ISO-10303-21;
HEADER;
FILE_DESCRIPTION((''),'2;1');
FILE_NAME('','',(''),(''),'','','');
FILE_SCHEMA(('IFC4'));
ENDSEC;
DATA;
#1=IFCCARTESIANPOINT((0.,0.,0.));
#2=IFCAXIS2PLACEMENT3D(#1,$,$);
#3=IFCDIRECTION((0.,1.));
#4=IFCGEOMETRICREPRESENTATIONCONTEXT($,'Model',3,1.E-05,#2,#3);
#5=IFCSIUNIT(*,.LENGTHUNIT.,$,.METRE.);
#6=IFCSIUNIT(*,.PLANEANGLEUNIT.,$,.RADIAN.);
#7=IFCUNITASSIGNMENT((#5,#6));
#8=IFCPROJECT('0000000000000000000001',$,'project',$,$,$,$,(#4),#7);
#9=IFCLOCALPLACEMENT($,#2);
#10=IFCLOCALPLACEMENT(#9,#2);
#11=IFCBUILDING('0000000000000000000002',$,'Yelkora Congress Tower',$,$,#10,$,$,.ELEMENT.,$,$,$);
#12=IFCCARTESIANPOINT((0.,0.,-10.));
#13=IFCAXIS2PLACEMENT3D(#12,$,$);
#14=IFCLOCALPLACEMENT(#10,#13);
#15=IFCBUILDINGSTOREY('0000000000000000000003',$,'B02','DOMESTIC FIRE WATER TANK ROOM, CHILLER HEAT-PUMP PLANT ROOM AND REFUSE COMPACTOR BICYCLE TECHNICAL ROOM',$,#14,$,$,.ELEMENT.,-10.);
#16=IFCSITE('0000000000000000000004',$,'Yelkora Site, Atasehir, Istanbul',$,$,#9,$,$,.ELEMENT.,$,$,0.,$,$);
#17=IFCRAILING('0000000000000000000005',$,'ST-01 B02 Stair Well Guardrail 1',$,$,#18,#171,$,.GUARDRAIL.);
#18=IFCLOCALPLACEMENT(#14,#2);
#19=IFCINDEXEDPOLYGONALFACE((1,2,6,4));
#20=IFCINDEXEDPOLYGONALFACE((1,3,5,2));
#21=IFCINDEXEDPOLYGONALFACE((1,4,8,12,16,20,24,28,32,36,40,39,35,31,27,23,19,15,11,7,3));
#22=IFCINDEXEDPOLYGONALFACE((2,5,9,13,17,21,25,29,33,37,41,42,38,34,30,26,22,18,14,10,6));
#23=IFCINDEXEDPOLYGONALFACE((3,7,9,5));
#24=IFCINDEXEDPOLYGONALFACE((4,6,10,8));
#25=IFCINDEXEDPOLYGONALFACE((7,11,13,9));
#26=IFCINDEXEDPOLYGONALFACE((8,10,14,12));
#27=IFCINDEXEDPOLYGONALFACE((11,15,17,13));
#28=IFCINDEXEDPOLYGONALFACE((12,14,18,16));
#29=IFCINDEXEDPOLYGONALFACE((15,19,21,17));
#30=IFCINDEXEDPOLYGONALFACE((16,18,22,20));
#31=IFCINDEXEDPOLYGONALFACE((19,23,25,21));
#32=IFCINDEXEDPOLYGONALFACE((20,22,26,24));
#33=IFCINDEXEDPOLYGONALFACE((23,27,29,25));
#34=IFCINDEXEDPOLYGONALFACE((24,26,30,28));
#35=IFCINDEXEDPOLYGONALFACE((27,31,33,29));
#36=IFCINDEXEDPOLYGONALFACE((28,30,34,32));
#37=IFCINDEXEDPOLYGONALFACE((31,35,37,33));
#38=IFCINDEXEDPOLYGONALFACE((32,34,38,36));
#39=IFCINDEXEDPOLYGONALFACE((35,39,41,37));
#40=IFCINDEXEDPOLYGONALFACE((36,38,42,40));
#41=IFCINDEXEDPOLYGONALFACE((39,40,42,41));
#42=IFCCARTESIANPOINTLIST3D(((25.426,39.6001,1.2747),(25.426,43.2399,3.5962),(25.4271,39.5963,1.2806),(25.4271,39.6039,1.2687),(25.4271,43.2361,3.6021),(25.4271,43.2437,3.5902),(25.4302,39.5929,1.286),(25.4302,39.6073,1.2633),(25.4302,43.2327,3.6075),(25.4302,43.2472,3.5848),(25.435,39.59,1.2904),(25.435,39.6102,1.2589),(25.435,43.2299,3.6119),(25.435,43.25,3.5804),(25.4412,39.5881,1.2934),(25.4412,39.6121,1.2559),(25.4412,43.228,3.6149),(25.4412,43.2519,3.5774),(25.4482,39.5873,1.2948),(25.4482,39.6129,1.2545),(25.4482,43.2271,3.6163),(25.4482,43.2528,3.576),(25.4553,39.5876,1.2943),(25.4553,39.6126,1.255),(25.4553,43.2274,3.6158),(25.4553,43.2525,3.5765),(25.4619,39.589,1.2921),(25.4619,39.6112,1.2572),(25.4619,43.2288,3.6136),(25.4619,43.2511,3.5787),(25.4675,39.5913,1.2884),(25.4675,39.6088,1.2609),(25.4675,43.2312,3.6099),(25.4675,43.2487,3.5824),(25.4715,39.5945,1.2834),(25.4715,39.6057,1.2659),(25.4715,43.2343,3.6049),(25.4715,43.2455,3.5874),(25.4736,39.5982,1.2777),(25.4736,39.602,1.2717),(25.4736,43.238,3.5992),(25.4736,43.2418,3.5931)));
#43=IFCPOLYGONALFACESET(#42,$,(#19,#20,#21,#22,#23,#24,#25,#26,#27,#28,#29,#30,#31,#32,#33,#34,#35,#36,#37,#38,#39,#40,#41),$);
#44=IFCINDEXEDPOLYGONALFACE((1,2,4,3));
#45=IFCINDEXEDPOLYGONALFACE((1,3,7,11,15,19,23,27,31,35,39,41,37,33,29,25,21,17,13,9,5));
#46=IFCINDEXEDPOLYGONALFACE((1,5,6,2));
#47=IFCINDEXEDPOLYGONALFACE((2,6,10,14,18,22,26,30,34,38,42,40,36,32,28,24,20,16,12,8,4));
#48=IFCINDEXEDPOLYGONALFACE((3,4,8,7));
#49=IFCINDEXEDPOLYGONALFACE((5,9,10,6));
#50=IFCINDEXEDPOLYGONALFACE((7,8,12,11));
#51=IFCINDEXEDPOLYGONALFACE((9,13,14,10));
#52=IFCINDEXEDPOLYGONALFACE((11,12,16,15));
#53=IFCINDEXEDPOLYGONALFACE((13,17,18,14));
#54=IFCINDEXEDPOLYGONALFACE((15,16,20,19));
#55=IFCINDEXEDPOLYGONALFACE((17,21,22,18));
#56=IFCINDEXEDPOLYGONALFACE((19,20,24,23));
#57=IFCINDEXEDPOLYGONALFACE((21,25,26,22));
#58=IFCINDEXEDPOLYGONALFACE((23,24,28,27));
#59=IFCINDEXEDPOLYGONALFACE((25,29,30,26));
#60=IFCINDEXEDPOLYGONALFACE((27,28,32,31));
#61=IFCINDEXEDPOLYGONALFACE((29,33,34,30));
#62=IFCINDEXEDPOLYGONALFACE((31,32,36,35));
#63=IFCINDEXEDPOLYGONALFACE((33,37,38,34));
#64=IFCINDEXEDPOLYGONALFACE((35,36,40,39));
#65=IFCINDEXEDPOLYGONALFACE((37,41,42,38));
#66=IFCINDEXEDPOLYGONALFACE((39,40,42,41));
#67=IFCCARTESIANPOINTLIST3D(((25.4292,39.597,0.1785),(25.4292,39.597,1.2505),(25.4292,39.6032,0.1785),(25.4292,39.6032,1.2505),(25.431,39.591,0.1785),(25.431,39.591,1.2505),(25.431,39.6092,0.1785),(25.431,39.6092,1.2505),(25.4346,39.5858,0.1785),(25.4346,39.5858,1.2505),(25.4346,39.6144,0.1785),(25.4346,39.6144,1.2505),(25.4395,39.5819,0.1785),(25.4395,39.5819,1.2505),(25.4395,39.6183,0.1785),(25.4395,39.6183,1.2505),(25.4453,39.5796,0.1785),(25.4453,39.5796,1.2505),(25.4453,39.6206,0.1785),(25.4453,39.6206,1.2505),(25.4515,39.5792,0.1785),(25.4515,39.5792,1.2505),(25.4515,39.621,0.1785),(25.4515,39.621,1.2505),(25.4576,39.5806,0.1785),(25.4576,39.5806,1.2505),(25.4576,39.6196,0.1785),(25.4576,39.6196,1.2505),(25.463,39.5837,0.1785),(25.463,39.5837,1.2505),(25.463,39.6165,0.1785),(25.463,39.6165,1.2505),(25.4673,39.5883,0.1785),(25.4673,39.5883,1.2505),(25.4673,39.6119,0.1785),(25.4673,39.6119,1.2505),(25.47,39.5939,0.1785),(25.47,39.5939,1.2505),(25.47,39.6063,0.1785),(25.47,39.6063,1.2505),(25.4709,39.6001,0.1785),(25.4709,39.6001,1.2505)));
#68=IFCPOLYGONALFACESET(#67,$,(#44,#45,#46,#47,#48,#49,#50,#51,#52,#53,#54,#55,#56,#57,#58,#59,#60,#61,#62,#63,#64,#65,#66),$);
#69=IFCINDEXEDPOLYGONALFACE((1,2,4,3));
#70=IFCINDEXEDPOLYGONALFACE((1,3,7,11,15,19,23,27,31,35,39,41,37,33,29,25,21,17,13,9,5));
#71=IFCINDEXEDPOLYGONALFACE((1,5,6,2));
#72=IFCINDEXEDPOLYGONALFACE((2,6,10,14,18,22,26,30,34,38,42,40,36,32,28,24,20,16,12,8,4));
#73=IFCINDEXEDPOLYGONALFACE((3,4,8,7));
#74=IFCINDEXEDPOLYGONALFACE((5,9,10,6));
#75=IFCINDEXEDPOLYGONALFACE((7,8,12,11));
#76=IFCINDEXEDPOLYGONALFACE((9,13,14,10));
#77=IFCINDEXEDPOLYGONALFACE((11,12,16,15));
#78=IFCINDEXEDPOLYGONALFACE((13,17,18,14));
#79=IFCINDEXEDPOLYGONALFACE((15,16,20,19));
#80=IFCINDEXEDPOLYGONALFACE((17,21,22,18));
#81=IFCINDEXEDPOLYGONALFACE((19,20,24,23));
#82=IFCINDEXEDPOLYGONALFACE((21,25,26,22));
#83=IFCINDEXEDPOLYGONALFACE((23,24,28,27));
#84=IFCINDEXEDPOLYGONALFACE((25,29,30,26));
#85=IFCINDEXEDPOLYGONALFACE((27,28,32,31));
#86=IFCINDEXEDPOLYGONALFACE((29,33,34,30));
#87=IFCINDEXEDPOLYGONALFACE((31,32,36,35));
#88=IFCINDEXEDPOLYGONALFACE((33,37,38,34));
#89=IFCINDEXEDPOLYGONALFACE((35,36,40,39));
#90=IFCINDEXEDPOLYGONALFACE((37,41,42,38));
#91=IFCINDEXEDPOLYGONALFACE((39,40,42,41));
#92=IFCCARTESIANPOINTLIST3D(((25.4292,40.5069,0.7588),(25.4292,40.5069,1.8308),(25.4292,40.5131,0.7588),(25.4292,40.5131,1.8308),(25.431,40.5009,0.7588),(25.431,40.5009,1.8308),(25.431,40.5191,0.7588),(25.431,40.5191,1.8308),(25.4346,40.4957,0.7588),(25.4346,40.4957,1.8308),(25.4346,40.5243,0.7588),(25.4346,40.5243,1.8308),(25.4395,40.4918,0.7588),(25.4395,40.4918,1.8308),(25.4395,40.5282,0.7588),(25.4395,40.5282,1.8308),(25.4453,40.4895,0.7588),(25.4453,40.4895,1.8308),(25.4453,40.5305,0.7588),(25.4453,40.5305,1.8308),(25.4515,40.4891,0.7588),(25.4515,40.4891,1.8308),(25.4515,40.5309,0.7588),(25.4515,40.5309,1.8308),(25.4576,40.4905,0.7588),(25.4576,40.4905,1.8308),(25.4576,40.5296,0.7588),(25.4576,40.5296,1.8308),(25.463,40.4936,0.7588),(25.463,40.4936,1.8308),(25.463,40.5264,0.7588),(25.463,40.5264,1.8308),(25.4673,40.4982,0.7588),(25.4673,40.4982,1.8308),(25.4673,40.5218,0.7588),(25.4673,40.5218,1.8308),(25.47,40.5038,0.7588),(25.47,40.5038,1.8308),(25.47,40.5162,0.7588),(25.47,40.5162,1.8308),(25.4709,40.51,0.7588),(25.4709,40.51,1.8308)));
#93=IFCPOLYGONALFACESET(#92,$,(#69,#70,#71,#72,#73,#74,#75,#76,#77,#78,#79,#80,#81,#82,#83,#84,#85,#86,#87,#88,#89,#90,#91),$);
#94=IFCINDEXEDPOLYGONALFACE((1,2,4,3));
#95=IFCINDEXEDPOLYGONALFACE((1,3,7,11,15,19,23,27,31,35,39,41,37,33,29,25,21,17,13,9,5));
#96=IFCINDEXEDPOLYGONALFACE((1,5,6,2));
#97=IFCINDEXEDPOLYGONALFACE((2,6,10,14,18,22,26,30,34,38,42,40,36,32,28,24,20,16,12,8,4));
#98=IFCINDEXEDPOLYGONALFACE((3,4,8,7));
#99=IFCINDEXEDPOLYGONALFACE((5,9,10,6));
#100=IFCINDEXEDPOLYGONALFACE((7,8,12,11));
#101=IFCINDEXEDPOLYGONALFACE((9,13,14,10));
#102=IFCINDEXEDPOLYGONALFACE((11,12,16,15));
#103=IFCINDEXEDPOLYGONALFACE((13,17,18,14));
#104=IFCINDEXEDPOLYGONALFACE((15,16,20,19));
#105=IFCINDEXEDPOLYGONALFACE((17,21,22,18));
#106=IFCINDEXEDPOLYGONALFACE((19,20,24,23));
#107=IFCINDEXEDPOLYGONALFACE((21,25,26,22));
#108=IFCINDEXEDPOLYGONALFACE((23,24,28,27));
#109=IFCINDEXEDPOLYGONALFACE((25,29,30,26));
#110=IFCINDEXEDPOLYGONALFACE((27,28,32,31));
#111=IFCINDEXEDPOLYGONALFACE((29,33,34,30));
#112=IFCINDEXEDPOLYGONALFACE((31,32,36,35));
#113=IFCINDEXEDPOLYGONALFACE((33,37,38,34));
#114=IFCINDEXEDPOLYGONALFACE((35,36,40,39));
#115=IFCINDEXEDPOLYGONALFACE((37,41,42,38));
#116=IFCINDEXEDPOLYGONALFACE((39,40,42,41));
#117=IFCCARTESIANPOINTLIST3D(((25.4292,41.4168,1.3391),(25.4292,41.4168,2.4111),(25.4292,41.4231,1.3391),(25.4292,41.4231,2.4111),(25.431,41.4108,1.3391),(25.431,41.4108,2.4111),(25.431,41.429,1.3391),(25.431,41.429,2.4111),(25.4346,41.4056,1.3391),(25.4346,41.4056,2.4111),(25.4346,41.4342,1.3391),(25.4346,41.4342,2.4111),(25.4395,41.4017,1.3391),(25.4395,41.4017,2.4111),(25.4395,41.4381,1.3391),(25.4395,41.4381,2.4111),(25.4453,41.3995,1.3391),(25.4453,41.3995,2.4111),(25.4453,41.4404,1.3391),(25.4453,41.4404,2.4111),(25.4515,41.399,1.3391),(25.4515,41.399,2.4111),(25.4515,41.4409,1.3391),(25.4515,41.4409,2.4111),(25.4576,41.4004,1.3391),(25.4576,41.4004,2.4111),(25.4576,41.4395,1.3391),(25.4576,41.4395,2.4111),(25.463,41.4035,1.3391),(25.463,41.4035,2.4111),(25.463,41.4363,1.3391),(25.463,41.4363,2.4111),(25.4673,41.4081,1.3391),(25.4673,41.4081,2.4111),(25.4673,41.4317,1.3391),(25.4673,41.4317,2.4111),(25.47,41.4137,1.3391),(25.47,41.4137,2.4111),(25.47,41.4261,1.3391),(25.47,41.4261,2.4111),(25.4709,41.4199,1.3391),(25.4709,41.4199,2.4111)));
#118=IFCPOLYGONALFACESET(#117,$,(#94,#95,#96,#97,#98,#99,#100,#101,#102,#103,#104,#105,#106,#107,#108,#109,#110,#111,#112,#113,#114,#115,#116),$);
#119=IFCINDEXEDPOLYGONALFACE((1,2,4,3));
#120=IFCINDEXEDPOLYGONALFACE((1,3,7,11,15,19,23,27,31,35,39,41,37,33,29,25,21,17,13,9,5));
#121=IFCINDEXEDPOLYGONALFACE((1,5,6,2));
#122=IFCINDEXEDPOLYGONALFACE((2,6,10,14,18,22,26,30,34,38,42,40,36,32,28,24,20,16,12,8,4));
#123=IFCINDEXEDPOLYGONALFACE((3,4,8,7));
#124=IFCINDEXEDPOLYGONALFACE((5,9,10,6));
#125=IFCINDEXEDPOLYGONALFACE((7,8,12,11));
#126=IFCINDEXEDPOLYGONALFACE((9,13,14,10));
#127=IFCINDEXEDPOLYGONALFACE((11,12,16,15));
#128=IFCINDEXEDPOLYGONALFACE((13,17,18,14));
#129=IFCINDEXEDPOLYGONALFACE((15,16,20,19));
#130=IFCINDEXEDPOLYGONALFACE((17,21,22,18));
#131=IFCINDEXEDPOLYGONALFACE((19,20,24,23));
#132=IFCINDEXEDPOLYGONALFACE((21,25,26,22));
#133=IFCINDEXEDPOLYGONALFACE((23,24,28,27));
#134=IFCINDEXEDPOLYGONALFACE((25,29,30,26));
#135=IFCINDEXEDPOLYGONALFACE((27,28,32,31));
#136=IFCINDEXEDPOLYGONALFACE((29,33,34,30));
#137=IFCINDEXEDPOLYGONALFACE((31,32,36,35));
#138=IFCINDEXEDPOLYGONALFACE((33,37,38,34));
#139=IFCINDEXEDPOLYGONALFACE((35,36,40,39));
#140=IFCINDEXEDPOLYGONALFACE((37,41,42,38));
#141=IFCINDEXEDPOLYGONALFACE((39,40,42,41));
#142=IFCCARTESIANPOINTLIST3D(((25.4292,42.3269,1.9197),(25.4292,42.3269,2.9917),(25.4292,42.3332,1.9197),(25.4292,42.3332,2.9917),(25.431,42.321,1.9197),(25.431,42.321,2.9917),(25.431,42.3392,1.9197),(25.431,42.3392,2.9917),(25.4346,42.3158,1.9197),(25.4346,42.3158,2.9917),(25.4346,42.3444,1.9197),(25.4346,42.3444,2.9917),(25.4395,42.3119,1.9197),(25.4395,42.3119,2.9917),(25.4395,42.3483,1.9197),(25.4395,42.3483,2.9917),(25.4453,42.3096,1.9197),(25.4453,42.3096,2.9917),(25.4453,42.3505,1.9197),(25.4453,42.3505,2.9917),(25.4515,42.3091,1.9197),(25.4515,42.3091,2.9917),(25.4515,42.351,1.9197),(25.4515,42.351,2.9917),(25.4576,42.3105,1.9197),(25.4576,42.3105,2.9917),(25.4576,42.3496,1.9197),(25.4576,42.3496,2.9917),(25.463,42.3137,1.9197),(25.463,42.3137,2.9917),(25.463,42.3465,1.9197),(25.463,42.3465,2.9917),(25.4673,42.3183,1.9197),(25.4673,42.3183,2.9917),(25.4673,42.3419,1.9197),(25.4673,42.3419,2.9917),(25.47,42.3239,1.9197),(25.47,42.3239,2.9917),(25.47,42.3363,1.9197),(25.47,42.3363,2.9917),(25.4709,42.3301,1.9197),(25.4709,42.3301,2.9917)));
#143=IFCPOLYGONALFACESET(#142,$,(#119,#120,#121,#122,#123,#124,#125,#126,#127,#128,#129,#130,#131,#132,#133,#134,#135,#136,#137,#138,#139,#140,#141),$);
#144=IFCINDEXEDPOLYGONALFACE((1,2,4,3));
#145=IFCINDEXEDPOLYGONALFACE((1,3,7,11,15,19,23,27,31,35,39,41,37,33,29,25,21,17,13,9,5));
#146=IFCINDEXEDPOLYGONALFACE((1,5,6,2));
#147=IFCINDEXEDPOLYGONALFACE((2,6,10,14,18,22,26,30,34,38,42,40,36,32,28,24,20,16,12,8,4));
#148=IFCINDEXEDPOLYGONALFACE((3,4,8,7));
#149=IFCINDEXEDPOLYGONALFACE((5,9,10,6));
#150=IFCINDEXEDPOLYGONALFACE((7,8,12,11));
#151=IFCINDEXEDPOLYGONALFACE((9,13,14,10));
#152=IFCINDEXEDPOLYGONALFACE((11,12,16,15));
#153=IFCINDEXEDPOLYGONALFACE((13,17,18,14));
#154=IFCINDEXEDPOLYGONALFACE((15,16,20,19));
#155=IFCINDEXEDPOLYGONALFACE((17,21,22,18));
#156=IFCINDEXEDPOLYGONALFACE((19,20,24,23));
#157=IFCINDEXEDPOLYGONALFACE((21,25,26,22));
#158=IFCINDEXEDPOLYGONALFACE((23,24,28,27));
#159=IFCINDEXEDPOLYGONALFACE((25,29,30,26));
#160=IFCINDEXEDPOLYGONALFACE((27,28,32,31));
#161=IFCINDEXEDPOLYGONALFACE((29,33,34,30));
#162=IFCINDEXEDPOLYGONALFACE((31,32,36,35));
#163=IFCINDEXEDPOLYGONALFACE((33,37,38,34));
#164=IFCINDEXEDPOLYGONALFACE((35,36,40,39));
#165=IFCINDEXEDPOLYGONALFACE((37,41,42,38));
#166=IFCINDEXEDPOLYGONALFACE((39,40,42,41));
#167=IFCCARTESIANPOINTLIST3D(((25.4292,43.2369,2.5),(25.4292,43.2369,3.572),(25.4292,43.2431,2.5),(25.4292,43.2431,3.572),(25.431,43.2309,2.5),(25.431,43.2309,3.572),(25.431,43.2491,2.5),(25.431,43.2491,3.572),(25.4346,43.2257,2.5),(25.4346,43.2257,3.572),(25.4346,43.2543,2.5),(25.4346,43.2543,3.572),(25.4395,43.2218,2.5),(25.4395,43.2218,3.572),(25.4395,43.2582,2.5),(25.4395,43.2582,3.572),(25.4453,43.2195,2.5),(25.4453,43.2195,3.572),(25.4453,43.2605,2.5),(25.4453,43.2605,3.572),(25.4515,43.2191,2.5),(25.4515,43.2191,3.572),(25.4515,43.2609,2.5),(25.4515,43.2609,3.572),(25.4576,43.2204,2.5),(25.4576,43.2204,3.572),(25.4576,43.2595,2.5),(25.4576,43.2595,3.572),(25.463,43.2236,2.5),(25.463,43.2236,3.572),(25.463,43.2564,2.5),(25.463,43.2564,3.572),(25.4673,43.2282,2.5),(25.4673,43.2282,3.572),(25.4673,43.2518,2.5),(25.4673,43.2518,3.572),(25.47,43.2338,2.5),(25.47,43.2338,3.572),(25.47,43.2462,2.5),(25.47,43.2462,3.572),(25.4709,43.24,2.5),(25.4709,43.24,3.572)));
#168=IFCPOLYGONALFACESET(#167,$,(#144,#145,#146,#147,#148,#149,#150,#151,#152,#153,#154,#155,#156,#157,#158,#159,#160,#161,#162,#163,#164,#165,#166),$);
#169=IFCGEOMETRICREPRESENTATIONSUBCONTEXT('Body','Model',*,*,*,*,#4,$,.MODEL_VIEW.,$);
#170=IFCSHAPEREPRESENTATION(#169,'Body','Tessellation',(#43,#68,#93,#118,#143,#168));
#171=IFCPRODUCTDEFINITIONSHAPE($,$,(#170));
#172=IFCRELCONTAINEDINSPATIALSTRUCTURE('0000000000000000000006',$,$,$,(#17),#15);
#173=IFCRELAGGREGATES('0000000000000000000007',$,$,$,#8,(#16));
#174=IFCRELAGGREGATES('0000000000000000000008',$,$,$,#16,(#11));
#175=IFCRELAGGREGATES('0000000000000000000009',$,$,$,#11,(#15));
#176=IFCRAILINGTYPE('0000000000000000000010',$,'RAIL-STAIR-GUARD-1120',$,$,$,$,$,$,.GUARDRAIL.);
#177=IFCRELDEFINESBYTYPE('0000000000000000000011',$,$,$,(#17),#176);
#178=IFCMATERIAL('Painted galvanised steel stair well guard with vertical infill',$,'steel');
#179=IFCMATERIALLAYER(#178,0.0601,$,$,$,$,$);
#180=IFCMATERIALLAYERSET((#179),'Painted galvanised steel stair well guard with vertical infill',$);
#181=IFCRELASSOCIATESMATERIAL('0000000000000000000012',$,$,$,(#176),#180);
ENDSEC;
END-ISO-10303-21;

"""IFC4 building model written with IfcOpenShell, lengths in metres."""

from ifc_helpers import new_model, si_unit, direction, frame, origin, origin_2d, place, context, subcontext, project, spatial, circle, extrude, material, layer, layer_set, type_object, element, save


model = new_model("IFC4")

# Units and contexts
model_context = context("Model", 3, precision=1e-05, world=origin(), true_north=direction((0.0, 1.0)))
body_context = subcontext(model_context, "Body", "Model", "MODEL_VIEW")
ifc_project = project(units=[si_unit("LENGTHUNIT", "METRE"), si_unit("PLANEANGLEUNIT", "RADIAN")], contexts=[model_context])

# Site, building, storey
site_placement = place(None, origin())
site = spatial("IfcSite", under=ifc_project, at=site_placement, Name="Yelkora Site, Atasehir, Istanbul", CompositionType="ELEMENT", RefElevation=0.0)
building_placement = place(site_placement, origin())
building = spatial("IfcBuilding", under=site, at=building_placement, Name="Yelkora Congress Tower", CompositionType="ELEMENT")
storey_placement = place(building_placement, frame((0.0, 0.0, -10.0)))
storey = spatial("IfcBuildingStorey", under=building, at=storey_placement, Name="B02", Description="DOMESTIC FIRE WATER TANK ROOM, CHILLER HEAT-PUMP PLANT ROOM AND REFUSE COMPACTOR BICYCLE TECHNICAL ROOM", CompositionType="ELEMENT", Elevation=-10.0)

# Railing
ifc_material_1 = material(Name="Painted galvanised steel stair well guard with vertical infill", Category="steel")
ifc_layer_1 = layer(ifc_material_1, 0.0601)
ifc_layer_set_1 = layer_set([ifc_layer_1], Name="Painted galvanised steel stair well guard with vertical infill")
railing_type_1 = type_object("IfcRailingType", Name="RAIL-STAIR-GUARD-1120", PredefinedType="GUARDRAIL", material=ifc_layer_set_1)
railing_1_placement = place(storey_placement, frame((25.45, 39.6001, 0.1785)))
element("IfcRailing", 1, at=railing_1_placement, inside=storey, type_object=railing_type_1, Name="ST-01 B02 Stair Well Guardrail 1", PredefinedType="GUARDRAIL", context=body_context, shape_type="SweptSolid", body=[
    extrude(circle(Radius=0.0239, at=origin_2d()), frame((0.0, 0.0, 1.0962), z_axis=(0.0, 0.843112, 0.537739), x_axis=(-1.0, 0.0, 0.0)), (0.0, 0.0, 1.0), 4.3171),
    extrude(circle(Radius=0.021, at=origin_2d()), origin(), (0.0, 0.0, 1.0), 1.072),
    extrude(circle(Radius=0.021, at=origin_2d()), frame((0.0, 0.9099, 0.5803)), (0.0, 0.0, 1.0), 1.072),
    extrude(circle(Radius=0.021, at=origin_2d()), frame((0.0, 1.8198, 1.1606)), (0.0, 0.0, 1.0), 1.072),
    extrude(circle(Radius=0.021, at=origin_2d()), frame((0.0, 2.73, 1.7412)), (0.0, 0.0, 1.0), 1.072),
    extrude(circle(Radius=0.021, at=origin_2d()), frame((0.0, 3.6399, 2.3215)), (0.0, 0.0, 1.0), 1.072),
])

save(model, "model.ifc")
